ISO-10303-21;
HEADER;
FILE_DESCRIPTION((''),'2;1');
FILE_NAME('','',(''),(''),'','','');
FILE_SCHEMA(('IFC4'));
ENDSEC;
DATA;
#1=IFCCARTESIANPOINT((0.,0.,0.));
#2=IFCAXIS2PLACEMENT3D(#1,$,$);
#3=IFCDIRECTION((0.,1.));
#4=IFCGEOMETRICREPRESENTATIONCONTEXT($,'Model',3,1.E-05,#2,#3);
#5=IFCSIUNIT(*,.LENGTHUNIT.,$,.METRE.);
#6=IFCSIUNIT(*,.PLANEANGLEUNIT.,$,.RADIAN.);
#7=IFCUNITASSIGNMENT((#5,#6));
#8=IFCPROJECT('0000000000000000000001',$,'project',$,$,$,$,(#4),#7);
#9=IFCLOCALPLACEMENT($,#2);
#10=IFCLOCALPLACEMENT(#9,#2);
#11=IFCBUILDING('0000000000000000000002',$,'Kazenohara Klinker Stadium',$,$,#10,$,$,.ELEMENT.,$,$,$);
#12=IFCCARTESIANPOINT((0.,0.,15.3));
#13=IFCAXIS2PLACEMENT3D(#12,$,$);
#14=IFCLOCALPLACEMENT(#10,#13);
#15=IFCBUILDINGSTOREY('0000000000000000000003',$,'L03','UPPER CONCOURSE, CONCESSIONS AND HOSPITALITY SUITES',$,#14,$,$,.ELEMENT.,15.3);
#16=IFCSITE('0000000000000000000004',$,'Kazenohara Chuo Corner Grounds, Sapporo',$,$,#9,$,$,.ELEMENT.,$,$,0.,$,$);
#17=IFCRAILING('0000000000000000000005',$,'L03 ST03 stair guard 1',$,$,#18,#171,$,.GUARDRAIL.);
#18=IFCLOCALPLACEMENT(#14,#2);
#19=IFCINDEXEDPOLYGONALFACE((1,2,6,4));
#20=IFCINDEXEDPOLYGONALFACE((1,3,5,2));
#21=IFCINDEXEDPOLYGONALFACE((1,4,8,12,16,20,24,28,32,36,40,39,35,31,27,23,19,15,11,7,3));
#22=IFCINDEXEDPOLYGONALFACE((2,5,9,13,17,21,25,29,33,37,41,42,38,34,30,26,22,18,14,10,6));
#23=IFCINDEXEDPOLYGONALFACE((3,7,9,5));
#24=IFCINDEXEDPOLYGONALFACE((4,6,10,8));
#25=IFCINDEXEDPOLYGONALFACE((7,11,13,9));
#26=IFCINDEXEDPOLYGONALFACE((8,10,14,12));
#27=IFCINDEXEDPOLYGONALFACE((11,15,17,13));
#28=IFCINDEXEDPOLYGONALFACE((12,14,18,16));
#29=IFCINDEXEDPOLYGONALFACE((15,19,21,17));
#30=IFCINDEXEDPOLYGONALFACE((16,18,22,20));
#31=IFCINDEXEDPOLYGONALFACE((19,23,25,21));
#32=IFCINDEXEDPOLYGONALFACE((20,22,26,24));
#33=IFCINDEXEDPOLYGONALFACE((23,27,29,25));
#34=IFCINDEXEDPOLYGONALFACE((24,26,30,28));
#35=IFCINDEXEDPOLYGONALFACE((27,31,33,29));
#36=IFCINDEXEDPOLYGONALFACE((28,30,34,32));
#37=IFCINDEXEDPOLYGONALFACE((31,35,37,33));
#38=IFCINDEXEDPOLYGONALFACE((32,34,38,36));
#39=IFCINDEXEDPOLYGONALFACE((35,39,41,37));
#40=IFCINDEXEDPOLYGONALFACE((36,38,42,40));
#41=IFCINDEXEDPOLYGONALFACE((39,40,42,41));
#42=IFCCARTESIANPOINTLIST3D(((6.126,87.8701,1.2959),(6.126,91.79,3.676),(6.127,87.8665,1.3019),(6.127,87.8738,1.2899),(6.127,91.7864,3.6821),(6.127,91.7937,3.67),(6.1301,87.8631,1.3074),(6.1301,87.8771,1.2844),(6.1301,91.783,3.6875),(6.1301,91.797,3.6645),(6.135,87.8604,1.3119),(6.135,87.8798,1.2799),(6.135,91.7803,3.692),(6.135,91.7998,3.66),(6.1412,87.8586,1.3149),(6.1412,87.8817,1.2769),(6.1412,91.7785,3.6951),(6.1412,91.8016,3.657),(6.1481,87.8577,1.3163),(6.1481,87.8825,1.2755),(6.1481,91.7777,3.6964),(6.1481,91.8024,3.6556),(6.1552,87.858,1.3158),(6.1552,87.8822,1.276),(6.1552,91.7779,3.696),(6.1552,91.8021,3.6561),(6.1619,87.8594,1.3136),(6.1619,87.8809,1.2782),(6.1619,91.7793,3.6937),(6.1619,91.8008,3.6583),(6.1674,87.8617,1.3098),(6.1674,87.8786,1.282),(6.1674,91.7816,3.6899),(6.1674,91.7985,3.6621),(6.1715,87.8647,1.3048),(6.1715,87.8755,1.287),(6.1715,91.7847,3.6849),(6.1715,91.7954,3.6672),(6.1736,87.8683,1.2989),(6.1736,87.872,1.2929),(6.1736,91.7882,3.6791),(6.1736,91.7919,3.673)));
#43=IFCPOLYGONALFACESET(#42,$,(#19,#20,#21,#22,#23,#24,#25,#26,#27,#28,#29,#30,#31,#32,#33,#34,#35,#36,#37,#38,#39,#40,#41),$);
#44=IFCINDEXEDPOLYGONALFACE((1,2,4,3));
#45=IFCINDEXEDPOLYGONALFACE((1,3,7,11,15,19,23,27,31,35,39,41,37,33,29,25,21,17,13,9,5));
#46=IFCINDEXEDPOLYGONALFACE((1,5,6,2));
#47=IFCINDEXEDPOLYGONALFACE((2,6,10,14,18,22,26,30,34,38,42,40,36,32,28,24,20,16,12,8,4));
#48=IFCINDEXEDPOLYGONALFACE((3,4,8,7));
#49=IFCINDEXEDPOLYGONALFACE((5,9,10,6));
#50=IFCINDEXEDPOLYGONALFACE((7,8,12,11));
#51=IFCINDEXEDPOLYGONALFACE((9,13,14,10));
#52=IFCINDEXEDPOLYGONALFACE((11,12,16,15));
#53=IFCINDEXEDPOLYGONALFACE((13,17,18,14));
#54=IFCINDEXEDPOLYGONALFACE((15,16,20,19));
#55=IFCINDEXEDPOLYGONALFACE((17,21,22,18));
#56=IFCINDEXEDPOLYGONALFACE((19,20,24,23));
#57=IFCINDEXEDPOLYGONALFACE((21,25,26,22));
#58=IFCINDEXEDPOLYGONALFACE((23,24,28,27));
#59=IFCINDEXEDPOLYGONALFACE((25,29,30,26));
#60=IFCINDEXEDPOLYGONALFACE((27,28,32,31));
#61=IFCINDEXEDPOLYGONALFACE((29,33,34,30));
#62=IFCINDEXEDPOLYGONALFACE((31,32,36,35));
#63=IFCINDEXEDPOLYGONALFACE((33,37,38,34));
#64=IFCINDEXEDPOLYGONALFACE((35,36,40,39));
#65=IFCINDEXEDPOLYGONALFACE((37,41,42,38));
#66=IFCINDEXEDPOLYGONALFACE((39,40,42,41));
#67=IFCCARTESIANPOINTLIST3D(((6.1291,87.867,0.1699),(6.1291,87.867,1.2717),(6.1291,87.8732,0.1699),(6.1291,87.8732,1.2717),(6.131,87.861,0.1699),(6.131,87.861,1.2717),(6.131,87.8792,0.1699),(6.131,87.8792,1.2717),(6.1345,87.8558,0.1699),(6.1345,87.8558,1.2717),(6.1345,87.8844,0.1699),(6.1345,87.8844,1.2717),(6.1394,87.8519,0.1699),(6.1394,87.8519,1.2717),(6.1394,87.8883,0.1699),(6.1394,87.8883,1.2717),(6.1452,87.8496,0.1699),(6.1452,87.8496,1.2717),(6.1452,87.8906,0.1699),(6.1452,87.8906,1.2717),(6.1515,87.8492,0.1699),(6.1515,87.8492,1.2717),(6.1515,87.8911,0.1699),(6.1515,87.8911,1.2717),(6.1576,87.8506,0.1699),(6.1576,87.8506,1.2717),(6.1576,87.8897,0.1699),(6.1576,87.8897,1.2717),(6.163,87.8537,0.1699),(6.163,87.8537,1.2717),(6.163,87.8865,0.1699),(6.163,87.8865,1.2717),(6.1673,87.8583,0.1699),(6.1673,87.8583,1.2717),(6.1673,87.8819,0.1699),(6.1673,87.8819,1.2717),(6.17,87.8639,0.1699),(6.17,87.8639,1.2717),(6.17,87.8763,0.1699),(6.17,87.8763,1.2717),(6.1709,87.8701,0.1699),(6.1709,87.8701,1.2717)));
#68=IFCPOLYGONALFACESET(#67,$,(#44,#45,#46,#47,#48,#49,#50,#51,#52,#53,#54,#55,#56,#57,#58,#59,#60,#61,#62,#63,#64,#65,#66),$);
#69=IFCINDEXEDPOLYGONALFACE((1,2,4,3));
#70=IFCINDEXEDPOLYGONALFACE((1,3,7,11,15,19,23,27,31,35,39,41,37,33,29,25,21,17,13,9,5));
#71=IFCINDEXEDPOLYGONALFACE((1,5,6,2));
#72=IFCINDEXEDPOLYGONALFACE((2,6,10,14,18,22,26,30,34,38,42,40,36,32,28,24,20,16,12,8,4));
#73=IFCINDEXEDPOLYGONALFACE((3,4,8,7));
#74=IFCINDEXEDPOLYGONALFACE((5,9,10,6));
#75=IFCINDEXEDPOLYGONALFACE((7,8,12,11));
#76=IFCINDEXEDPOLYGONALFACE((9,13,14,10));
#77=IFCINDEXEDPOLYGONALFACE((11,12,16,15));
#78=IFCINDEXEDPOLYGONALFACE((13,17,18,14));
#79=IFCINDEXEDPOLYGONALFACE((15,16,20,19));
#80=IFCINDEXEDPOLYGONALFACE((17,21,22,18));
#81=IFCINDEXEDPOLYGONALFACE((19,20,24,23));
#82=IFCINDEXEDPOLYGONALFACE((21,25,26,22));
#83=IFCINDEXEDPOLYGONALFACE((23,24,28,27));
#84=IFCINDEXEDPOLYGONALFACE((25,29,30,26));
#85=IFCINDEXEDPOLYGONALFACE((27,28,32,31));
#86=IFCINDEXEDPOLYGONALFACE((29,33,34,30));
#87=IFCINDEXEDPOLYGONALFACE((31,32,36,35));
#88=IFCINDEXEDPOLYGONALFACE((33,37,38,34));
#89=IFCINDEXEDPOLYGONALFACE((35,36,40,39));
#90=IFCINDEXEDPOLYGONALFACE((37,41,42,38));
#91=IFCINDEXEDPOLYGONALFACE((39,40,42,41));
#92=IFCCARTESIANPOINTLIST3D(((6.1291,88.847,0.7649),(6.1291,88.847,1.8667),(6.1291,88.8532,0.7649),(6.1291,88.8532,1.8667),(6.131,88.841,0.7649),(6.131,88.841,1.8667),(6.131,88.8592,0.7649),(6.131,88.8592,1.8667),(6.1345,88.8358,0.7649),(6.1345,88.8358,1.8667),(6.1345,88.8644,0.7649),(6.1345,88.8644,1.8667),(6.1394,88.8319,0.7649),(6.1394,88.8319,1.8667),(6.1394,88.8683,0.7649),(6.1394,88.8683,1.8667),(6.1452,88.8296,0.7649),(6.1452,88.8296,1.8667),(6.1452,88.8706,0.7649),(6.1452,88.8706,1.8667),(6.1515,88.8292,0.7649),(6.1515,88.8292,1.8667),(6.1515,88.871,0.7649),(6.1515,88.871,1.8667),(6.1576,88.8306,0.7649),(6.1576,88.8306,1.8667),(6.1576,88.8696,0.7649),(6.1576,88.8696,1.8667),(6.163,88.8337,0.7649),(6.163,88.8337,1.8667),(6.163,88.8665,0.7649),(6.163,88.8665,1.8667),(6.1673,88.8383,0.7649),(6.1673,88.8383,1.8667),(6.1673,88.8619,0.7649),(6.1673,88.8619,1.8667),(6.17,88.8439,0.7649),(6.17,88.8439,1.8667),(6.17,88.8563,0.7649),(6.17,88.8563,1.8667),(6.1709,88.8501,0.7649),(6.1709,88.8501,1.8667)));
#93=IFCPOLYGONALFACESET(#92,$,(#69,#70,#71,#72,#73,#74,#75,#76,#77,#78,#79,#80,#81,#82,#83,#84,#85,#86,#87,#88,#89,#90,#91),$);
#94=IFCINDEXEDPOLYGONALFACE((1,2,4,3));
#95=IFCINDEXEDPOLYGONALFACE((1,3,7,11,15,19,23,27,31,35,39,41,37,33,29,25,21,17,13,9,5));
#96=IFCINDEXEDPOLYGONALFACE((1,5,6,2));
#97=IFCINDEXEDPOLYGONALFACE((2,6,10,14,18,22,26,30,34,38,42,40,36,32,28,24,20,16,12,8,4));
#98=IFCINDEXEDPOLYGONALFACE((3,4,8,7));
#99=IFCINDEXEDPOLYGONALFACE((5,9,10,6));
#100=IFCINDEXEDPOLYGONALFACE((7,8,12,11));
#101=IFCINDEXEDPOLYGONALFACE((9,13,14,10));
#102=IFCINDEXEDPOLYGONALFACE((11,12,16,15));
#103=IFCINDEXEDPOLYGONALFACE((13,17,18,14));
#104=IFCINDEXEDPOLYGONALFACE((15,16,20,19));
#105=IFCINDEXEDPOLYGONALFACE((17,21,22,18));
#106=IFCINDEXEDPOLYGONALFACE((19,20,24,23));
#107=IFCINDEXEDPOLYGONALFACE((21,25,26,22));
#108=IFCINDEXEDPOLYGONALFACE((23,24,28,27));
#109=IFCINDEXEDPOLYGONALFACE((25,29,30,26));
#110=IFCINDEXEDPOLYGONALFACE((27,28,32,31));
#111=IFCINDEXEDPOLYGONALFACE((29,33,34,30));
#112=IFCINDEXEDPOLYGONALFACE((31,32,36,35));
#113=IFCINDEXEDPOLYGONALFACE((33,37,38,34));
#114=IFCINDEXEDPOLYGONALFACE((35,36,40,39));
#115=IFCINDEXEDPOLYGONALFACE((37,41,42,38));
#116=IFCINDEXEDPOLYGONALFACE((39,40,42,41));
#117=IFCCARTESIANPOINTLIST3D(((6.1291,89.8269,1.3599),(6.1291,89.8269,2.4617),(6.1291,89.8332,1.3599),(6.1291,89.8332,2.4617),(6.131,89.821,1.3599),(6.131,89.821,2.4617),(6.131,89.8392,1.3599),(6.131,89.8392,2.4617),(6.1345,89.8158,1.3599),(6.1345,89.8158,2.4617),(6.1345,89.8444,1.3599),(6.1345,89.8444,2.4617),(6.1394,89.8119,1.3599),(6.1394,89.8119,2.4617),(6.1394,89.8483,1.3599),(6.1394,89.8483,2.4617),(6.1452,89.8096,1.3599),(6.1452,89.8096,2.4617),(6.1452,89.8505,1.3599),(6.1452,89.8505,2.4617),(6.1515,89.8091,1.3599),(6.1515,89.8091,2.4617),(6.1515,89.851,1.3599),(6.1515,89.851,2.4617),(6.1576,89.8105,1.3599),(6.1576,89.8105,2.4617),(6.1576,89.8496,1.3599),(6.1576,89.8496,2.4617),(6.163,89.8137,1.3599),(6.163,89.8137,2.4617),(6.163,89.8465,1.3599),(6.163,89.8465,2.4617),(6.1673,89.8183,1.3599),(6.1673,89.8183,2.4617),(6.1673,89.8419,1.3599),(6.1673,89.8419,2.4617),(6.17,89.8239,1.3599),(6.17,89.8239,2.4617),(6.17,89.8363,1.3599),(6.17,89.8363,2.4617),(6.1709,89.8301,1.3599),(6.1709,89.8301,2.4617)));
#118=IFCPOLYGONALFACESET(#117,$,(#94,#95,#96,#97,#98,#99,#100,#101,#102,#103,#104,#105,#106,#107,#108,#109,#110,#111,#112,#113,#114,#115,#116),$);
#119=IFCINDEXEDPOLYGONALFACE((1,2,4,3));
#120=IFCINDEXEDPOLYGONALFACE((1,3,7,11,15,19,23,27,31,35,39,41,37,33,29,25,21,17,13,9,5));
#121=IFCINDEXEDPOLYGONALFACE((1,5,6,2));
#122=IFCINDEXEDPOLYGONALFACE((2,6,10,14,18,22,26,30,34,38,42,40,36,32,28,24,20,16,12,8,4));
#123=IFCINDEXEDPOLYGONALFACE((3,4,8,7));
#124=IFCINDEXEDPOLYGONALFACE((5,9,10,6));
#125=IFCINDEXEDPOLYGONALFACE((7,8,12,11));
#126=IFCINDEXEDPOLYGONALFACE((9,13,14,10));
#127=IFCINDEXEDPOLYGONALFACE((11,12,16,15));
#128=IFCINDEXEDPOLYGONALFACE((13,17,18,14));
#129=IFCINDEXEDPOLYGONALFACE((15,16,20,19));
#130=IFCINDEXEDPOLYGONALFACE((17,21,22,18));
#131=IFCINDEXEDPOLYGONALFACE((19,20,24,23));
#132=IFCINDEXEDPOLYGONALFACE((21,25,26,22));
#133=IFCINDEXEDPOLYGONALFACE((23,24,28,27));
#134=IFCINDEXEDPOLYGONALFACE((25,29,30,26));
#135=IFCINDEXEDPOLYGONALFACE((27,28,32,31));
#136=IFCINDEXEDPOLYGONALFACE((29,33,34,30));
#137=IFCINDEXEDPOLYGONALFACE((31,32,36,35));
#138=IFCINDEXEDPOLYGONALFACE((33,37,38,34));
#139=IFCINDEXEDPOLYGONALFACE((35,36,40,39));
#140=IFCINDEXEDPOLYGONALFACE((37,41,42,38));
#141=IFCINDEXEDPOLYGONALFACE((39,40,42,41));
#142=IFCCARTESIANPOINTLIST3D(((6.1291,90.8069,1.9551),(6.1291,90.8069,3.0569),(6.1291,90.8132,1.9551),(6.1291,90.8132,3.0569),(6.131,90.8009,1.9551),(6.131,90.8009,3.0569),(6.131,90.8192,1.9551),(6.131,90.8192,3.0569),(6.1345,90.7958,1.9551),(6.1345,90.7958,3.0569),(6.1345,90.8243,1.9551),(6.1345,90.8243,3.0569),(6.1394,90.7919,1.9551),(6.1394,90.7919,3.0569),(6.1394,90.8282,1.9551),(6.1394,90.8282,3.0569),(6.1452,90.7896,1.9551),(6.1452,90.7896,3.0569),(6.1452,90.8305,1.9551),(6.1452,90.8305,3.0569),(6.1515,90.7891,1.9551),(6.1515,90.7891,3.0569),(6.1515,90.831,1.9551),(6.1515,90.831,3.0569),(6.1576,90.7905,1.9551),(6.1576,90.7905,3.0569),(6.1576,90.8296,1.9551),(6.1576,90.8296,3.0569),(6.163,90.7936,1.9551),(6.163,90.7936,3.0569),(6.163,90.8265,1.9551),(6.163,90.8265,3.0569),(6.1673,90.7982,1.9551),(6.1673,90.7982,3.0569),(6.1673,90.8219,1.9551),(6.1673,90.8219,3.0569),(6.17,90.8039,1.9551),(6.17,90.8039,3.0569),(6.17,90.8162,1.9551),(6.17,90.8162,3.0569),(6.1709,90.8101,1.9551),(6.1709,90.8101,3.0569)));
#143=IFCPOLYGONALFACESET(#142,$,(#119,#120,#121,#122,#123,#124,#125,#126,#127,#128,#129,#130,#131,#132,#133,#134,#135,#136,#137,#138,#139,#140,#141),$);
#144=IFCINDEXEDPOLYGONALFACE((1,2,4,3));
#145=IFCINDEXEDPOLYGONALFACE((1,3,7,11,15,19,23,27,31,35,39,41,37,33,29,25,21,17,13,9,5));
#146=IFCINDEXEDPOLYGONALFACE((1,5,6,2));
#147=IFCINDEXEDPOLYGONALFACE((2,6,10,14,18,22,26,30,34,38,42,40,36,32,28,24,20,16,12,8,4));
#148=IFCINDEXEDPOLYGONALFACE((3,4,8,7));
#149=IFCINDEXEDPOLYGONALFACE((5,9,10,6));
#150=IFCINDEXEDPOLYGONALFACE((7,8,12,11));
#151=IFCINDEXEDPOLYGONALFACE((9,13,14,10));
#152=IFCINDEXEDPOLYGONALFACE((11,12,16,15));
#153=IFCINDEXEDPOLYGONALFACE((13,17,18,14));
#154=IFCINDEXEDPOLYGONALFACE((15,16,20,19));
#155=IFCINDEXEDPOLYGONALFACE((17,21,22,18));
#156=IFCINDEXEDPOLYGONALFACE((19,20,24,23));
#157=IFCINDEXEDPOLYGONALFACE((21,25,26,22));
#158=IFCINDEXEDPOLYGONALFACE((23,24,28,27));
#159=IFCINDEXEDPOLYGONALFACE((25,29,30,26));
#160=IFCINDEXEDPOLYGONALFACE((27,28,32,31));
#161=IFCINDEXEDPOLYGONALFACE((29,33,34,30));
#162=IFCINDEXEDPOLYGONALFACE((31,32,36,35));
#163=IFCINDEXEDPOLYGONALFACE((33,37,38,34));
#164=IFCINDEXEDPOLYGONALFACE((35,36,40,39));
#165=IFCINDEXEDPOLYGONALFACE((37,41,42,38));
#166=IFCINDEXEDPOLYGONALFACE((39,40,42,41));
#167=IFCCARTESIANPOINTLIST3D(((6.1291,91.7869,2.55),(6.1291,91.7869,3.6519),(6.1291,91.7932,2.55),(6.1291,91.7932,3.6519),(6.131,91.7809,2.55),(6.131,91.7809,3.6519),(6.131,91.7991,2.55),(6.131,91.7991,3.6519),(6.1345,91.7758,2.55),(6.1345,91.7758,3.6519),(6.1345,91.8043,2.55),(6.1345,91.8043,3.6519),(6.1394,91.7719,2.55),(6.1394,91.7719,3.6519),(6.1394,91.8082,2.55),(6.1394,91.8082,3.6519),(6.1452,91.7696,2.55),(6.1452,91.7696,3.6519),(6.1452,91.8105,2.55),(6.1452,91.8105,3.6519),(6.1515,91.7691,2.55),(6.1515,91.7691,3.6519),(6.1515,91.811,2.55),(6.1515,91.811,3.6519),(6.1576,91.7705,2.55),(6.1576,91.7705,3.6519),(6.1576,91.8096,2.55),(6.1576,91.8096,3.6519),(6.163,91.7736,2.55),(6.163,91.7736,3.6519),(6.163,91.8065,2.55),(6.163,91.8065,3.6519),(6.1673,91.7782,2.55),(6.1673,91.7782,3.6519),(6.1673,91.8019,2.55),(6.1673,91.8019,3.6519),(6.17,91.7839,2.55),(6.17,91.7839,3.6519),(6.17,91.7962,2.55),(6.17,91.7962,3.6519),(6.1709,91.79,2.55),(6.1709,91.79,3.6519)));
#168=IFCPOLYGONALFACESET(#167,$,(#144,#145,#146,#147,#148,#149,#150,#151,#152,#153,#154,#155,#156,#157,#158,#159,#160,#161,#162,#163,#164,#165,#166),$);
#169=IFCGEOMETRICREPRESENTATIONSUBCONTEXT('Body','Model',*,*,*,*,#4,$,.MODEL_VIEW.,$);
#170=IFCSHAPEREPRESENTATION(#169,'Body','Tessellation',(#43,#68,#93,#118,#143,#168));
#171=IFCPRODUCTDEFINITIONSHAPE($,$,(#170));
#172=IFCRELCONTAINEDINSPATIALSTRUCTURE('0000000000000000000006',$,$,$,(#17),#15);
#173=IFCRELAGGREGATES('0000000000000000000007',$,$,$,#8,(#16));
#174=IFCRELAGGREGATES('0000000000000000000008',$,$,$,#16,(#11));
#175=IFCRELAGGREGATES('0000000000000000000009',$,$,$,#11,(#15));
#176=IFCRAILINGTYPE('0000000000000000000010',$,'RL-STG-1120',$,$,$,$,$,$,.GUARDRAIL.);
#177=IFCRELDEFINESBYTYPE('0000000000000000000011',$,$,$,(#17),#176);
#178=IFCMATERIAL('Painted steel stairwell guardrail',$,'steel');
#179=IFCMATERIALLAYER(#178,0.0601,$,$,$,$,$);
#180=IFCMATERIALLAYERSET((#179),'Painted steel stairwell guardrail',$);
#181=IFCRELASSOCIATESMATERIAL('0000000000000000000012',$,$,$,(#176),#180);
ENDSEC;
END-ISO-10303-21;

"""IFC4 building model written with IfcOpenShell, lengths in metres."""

from ifc_helpers import new_model, si_unit, direction, frame, origin, origin_2d, place, context, subcontext, project, spatial, circle, extrude, material, layer, layer_set, type_object, element, save


model = new_model("IFC4")

# Units and contexts
model_context = context("Model", 3, precision=1e-05, world=origin(), true_north=direction((0.0, 1.0)))
body_context = subcontext(model_context, "Body", "Model", "MODEL_VIEW")
ifc_project = project(units=[si_unit("LENGTHUNIT", "METRE"), si_unit("PLANEANGLEUNIT", "RADIAN")], contexts=[model_context])

# Site, building, storey
site_placement = place(None, origin())
site = spatial("IfcSite", under=ifc_project, at=site_placement, Name="Kazenohara Chuo Corner Grounds, Sapporo", CompositionType="ELEMENT", RefElevation=0.0)
building_placement = place(site_placement, origin())
building = spatial("IfcBuilding", under=site, at=building_placement, Name="Kazenohara Klinker Stadium", CompositionType="ELEMENT")
storey_placement = place(building_placement, frame((0.0, 0.0, 15.3)))
storey = spatial("IfcBuildingStorey", under=building, at=storey_placement, Name="L03", Description="UPPER CONCOURSE, CONCESSIONS AND HOSPITALITY SUITES", CompositionType="ELEMENT", Elevation=15.3)

# Railing
ifc_material_1 = material(Name="Painted steel stairwell guardrail", Category="steel")
ifc_layer_1 = layer(ifc_material_1, 0.0601)
ifc_layer_set_1 = layer_set([ifc_layer_1], Name="Painted steel stairwell guardrail")
railing_type_1 = type_object("IfcRailingType", Name="RL-STG-1120", PredefinedType="GUARDRAIL", material=ifc_layer_set_1)
railing_1_placement = place(storey_placement, frame((6.1499, 87.8701, 0.1699)))
element("IfcRailing", 1, at=railing_1_placement, inside=storey, type_object=railing_type_1, Name="L03 ST03 stair guard 1", PredefinedType="GUARDRAIL", context=body_context, shape_type="SweptSolid", body=[
    extrude(circle(Radius=0.0239, at=origin_2d()), frame((0.0, 0.0, 1.126), z_axis=(0.0, 0.854771, 0.519006), x_axis=(-1.0, 0.0, 0.0)), (0.0, 0.0, 1.0), 4.5859),
    extrude(circle(Radius=0.021, at=origin_2d()), origin(), (0.0, 0.0, 1.0), 1.1018),
    extrude(circle(Radius=0.021, at=origin_2d()), frame((0.0, 0.98, 0.595)), (0.0, 0.0, 1.0), 1.1018),
    extrude(circle(Radius=0.021, at=origin_2d()), frame((0.0, 1.96, 1.1899)), (0.0, 0.0, 1.0), 1.1018),
    extrude(circle(Radius=0.021, at=origin_2d()), frame((0.0, 2.9399, 1.7852)), (0.0, 0.0, 1.0), 1.1018),
    extrude(circle(Radius=0.021, at=origin_2d()), frame((0.0, 3.9199, 2.3801)), (0.0, 0.0, 1.0), 1.1018),
])

save(model, "model.ifc")
